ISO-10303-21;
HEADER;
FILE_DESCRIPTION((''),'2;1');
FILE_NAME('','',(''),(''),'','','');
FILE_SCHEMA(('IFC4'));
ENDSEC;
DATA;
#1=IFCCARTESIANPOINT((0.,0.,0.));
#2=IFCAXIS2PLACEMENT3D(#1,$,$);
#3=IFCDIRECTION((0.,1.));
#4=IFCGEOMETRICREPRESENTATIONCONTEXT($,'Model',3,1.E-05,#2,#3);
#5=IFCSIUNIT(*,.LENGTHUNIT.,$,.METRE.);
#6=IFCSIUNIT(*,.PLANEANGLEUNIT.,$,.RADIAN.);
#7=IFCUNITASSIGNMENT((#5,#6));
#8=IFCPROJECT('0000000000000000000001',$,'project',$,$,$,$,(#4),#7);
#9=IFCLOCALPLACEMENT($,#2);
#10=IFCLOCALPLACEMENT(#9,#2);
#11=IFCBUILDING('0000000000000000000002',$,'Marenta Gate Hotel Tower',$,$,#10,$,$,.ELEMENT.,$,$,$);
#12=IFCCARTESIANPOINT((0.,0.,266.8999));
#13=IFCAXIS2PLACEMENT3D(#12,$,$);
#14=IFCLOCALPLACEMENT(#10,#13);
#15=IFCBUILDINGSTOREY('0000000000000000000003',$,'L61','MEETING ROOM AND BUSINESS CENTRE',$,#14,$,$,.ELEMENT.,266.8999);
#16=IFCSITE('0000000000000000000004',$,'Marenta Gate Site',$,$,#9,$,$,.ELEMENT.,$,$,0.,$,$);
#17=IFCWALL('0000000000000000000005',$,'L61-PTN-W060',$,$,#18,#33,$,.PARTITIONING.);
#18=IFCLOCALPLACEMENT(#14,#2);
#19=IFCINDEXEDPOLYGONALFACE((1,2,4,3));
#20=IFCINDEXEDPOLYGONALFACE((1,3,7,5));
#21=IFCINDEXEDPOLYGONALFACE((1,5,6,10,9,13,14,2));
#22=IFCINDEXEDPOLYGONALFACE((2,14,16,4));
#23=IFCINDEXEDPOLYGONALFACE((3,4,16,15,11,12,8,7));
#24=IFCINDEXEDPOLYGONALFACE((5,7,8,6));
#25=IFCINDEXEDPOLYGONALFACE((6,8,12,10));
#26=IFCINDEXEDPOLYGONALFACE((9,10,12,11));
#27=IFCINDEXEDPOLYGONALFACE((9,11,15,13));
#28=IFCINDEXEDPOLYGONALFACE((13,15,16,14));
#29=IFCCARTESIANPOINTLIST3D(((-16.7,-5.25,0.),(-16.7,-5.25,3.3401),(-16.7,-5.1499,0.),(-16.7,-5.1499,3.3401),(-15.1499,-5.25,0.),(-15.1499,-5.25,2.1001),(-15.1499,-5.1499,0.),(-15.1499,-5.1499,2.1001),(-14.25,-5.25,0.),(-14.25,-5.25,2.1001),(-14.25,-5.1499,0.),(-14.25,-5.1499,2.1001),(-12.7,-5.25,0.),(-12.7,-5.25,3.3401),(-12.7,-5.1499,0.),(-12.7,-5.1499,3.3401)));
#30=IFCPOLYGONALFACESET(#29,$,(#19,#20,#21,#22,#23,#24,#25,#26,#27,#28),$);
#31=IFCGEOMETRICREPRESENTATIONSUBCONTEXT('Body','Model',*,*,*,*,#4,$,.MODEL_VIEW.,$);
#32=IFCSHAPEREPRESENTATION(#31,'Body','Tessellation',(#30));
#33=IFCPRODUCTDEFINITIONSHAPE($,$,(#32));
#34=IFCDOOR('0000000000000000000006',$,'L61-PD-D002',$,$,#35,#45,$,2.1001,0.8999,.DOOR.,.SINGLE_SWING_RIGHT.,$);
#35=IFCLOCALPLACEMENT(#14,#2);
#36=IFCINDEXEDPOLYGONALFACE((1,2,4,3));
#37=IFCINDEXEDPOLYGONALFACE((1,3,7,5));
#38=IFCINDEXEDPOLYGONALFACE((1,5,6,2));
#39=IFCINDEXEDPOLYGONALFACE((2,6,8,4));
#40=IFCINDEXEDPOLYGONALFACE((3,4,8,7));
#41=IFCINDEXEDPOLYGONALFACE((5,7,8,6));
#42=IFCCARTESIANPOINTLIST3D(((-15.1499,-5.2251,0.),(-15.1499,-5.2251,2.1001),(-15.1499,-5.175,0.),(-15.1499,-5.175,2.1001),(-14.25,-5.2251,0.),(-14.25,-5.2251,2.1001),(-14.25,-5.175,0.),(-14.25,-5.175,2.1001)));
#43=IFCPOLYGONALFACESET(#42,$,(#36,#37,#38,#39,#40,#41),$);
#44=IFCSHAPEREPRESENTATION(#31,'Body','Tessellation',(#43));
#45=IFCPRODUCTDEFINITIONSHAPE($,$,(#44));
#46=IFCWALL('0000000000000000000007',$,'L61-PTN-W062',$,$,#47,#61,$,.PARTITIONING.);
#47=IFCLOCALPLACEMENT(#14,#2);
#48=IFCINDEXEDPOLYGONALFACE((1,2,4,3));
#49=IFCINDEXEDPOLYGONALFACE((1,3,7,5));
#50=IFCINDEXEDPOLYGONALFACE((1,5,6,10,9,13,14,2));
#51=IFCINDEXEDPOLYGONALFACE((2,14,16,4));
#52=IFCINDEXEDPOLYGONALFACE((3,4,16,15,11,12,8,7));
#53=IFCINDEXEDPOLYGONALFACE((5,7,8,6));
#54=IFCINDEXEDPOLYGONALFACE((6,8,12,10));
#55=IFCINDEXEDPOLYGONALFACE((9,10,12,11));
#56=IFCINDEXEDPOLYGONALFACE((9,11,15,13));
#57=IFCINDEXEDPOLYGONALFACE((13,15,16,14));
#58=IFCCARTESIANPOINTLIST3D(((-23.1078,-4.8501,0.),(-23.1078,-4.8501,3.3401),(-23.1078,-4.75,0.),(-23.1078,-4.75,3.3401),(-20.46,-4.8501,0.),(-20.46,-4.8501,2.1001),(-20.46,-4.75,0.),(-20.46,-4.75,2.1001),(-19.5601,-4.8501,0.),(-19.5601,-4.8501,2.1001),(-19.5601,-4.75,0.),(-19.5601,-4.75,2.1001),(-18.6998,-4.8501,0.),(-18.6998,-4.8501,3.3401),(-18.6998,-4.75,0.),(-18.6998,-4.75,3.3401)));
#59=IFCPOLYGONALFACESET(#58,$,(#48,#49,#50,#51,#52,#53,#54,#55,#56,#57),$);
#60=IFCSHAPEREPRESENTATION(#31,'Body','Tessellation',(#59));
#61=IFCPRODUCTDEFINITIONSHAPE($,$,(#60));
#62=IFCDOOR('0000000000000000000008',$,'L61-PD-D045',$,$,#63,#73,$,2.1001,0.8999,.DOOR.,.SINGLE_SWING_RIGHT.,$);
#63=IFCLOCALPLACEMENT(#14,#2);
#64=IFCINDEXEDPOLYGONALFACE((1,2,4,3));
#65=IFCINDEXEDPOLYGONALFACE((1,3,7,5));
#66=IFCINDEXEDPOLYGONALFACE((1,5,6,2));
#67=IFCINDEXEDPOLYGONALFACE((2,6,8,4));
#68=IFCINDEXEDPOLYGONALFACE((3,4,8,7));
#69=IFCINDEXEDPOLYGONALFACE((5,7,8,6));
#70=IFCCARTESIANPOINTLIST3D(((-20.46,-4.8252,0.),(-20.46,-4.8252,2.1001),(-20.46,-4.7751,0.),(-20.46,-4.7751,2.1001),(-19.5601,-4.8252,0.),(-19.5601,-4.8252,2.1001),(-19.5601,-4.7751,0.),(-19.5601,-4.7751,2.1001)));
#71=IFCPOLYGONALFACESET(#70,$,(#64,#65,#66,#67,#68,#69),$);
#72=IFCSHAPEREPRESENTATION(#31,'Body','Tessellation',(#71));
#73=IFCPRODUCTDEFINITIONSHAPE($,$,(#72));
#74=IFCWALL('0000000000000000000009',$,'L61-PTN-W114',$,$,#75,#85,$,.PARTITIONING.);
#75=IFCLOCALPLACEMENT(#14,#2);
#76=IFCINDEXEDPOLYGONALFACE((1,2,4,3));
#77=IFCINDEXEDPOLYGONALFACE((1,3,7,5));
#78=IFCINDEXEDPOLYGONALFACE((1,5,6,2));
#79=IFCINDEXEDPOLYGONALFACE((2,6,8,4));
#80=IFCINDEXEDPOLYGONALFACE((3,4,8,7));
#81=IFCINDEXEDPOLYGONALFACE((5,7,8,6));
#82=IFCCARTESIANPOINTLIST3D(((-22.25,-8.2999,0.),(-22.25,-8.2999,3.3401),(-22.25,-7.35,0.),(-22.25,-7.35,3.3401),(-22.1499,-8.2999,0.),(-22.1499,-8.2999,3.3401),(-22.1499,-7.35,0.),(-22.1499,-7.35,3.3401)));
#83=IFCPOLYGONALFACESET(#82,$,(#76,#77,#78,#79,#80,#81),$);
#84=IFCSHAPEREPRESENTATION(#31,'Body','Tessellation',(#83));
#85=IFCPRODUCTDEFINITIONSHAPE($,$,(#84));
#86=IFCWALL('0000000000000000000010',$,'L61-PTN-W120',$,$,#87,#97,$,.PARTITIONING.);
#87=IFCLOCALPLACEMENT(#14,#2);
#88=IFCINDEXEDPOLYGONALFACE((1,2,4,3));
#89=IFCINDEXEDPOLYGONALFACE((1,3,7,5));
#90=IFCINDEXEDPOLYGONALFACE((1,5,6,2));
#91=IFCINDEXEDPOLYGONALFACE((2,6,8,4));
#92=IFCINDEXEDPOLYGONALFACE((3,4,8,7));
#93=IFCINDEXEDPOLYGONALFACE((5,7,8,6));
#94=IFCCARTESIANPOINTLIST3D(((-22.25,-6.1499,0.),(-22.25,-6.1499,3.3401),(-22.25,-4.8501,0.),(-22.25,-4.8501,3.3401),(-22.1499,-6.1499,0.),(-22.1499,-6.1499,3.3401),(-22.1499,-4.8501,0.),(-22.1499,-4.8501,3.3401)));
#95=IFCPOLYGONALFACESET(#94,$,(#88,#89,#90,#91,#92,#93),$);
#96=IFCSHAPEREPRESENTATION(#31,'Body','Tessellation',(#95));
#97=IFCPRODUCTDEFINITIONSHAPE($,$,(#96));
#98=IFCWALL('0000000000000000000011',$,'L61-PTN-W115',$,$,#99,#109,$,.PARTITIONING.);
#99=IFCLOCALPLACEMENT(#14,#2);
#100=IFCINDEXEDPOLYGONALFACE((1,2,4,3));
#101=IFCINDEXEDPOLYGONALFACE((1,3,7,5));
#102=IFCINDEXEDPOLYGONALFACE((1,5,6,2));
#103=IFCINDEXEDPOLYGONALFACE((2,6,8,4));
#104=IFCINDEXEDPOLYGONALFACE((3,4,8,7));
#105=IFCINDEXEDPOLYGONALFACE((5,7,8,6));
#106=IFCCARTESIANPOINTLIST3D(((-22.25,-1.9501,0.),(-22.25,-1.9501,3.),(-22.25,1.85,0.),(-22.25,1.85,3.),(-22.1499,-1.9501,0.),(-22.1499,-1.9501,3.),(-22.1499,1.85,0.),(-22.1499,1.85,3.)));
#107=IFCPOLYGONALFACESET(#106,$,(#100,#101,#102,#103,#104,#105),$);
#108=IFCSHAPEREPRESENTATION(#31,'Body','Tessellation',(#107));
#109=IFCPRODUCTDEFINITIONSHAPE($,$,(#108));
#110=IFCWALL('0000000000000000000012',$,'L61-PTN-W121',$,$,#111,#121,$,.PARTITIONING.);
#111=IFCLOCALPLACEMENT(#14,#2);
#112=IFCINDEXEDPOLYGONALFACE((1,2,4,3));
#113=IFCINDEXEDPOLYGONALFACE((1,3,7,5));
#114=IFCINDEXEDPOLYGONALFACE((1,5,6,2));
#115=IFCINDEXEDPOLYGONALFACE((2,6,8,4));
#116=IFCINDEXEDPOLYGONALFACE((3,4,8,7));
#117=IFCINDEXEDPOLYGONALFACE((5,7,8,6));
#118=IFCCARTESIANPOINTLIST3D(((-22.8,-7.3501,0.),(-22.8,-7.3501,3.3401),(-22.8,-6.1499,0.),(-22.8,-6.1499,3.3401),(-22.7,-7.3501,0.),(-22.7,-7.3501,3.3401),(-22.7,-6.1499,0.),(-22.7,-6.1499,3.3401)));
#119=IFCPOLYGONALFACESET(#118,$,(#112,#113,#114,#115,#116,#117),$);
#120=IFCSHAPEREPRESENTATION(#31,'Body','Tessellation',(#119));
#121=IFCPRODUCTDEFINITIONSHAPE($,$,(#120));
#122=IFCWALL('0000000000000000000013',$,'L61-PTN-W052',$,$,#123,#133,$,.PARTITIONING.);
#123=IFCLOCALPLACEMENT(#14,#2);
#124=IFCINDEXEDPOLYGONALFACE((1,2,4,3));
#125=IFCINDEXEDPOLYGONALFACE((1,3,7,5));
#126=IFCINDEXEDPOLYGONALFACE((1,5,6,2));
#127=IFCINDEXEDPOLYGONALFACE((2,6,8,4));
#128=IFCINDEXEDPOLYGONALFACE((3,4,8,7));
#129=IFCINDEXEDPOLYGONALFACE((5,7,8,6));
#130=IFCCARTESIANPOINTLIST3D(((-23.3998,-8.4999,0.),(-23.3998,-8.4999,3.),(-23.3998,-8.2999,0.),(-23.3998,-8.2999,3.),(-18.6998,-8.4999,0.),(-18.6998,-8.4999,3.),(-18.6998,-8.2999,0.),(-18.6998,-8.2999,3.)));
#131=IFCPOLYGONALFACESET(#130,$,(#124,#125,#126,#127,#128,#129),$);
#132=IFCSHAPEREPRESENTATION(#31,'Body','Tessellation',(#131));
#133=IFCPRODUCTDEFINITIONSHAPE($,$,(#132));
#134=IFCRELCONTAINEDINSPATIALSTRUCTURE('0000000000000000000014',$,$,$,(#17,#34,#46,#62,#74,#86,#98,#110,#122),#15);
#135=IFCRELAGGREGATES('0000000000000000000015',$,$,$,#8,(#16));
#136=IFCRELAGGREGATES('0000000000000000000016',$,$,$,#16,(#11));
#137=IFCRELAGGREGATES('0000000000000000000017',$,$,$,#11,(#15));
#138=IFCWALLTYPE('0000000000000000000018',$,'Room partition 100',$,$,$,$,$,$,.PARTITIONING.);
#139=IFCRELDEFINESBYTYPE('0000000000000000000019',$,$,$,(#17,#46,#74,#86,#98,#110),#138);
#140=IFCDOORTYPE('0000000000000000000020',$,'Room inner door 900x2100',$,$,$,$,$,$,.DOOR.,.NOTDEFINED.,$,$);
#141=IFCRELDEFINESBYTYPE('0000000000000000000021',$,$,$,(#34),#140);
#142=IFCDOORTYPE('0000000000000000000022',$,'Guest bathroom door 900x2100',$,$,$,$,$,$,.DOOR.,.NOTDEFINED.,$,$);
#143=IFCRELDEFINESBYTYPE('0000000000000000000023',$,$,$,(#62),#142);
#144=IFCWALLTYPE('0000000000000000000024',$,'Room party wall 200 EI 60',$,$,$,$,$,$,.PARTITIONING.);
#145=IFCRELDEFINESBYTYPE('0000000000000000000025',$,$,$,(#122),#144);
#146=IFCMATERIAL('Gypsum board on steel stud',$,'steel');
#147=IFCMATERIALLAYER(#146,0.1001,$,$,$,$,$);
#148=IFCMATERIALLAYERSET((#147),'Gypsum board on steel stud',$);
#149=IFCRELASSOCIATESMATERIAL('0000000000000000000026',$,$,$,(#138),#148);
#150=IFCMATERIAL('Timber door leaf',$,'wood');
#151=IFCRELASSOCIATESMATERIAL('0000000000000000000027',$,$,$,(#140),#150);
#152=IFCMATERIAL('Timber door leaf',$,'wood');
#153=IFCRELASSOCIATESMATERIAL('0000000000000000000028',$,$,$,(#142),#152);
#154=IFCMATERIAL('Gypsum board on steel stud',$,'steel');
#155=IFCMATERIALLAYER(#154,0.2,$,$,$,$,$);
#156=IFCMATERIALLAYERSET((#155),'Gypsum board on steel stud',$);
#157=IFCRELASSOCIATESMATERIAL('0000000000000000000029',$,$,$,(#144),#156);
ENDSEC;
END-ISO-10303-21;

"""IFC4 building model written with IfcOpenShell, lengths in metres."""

from ifc_helpers import new_model, si_unit, direction, frame, frame_2d, origin, place, context, subcontext, project, spatial, rectangle, extrude, material, layer, layer_set, type_object, element, fill, save


model = new_model("IFC4")

# Units and contexts
model_context = context("Model", 3, precision=1e-05, world=origin(), true_north=direction((0.0, 1.0)))
body_context = subcontext(model_context, "Body", "Model", "MODEL_VIEW")
ifc_project = project(units=[si_unit("LENGTHUNIT", "METRE"), si_unit("PLANEANGLEUNIT", "RADIAN")], contexts=[model_context])

# Site, building, storey
site_placement = place(None, origin())
site = spatial("IfcSite", under=ifc_project, at=site_placement, Name="Marenta Gate Site", CompositionType="ELEMENT", RefElevation=0.0)
building_placement = place(site_placement, origin())
building = spatial("IfcBuilding", under=site, at=building_placement, Name="Marenta Gate Hotel Tower", CompositionType="ELEMENT")
storey_placement = place(building_placement, frame((0.0, 0.0, 266.8999)))
storey = spatial("IfcBuildingStorey", under=building, at=storey_placement, Name="L61", Description="MEETING ROOM AND BUSINESS CENTRE", CompositionType="ELEMENT", Elevation=266.8999)

# Walls, openings, doors
ifc_material_1 = material(Name="Gypsum board on steel stud", Category="steel")
ifc_layer_1 = layer(ifc_material_1, 0.1001)
ifc_layer_set_1 = layer_set([ifc_layer_1], Name="Gypsum board on steel stud")
wall_type_1 = type_object("IfcWallType", Name="Room partition 100", PredefinedType="PARTITIONING", material=ifc_layer_set_1)
wall_1_placement = place(storey_placement, frame((-16.7, -5.2, 0.0), z_axis=(0.0, 0.0, 1.0), x_axis=(1.0, 0.0, 0.0)))
wall_1 = element("IfcWall", 1, at=wall_1_placement, inside=storey, type_object=wall_type_1, Name="L61-PTN-W060", PredefinedType="PARTITIONING", context=body_context, shape_type="SweptSolid", body=[
    extrude(rectangle(XDim=4.0, YDim=0.1001, at=frame_2d((2.0, 0.0))), origin(), (0.0, 0.0, 1.0), 3.3401),
])
opening_1_placement = place(wall_1_placement, frame((1.55, 0.0, 0.0)))
opening_1 = element("IfcOpeningElement", 2, at=opening_1_placement, cuts=wall_1, PredefinedType="OPENING", context=body_context, shape_type="SweptSolid", body=[
    extrude(rectangle(XDim=0.8999, YDim=2.1001, at=frame_2d((0.45, 1.05))), frame((0.0, 0.05, 0.0), z_axis=(0.0, -1.0, 0.0), x_axis=(1.0, 0.0, 0.0)), (0.0, 0.0, 1.0), 0.1001),
])
ifc_material_2 = material(Name="Timber door leaf", Category="wood")
door_type_1 = type_object("IfcDoorType", Name="Room inner door 900x2100", OperationType="NOTDEFINED", PredefinedType="DOOR", material=ifc_material_2)
door_1_placement = place(opening_1_placement, origin())
door_1 = element("IfcDoor", 3, at=door_1_placement, inside=storey, type_object=door_type_1, Name="L61-PD-D002", OperationType="SINGLE_SWING_RIGHT", OverallHeight=2.1001, OverallWidth=0.8999, PredefinedType="DOOR", context=body_context, shape_type="SweptSolid", body=[
    extrude(rectangle(XDim=0.8999, YDim=2.1001, at=frame_2d((0.45, 1.05))), frame((0.0, 0.0249, 0.0), z_axis=(0.0, -1.0, 0.0), x_axis=(1.0, 0.0, 0.0)), (0.0, 0.0, 1.0), 0.05),
])
fill(opening_1, door_1)
wall_2_placement = place(storey_placement, frame((-23.1079, -4.8, 0.0), z_axis=(0.0, 0.0, 1.0), x_axis=(1.0, 0.0, 0.0)))
wall_2 = element("IfcWall", 4, at=wall_2_placement, inside=storey, type_object=wall_type_1, Name="L61-PTN-W062", PredefinedType="PARTITIONING", context=body_context, shape_type="SweptSolid", body=[
    extrude(rectangle(XDim=4.408, YDim=0.1001, at=frame_2d((2.2041, 0.0))), origin(), (0.0, 0.0, 1.0), 3.3401),
])
opening_2_placement = place(wall_2_placement, frame((2.6479, 0.0, 0.0)))
opening_2 = element("IfcOpeningElement", 5, at=opening_2_placement, cuts=wall_2, PredefinedType="OPENING", context=body_context, shape_type="SweptSolid", body=[
    extrude(rectangle(XDim=0.8999, YDim=2.1001, at=frame_2d((0.45, 1.05))), frame((0.0, 0.05, 0.0), z_axis=(0.0, -1.0, 0.0), x_axis=(1.0, 0.0, 0.0)), (0.0, 0.0, 1.0), 0.1001),
])
ifc_material_3 = material(Name="Timber door leaf", Category="wood")
door_type_2 = type_object("IfcDoorType", Name="Guest bathroom door 900x2100", OperationType="NOTDEFINED", PredefinedType="DOOR", material=ifc_material_3)
door_2_placement = place(opening_2_placement, origin())
door_2 = element("IfcDoor", 6, at=door_2_placement, inside=storey, type_object=door_type_2, Name="L61-PD-D045", OperationType="SINGLE_SWING_RIGHT", OverallHeight=2.1001, OverallWidth=0.8999, PredefinedType="DOOR", context=body_context, shape_type="SweptSolid", body=[
    extrude(rectangle(XDim=0.8999, YDim=2.1001, at=frame_2d((0.45, 1.05))), frame((0.0, 0.0249, 0.0), z_axis=(0.0, -1.0, 0.0), x_axis=(1.0, 0.0, 0.0)), (0.0, 0.0, 1.0), 0.05),
])
fill(opening_2, door_2)

# Walls
wall_3_placement = place(storey_placement, frame((-22.2, -8.3, 0.0), z_axis=(0.0, 0.0, 1.0), x_axis=(0.0, 1.0, 0.0)))
element("IfcWall", 7, at=wall_3_placement, inside=storey, type_object=wall_type_1, Name="L61-PTN-W114", PredefinedType="PARTITIONING", context=body_context, shape_type="SweptSolid", body=[
    extrude(rectangle(XDim=0.95, YDim=0.1001, at=frame_2d((0.4751, 0.0))), origin(), (0.0, 0.0, 1.0), 3.3401),
])
wall_4_placement = place(storey_placement, frame((-22.2, -6.1499, 0.0), z_axis=(0.0, 0.0, 1.0), x_axis=(0.0, 1.0, 0.0)))
element("IfcWall", 8, at=wall_4_placement, inside=storey, type_object=wall_type_1, Name="L61-PTN-W120", PredefinedType="PARTITIONING", context=body_context, shape_type="SweptSolid", body=[
    extrude(rectangle(XDim=1.2998, YDim=0.1001, at=frame_2d((0.6499, 0.0))), origin(), (0.0, 0.0, 1.0), 3.3401),
])
wall_5_placement = place(storey_placement, frame((-22.2, -1.95, 0.0), z_axis=(0.0, 0.0, 1.0), x_axis=(0.0, 1.0, 0.0)))
element("IfcWall", 9, at=wall_5_placement, inside=storey, type_object=wall_type_1, Name="L61-PTN-W115", PredefinedType="PARTITIONING", context=body_context, shape_type="SweptSolid", body=[
    extrude(rectangle(XDim=3.8, YDim=0.1001, at=frame_2d((1.8999, 0.0))), origin(), (0.0, 0.0, 1.0), 3.0),
])
wall_6_placement = place(storey_placement, frame((-22.75, -7.3501, 0.0), z_axis=(0.0, 0.0, 1.0), x_axis=(0.0, 1.0, 0.0)))
element("IfcWall", 10, at=wall_6_placement, inside=storey, type_object=wall_type_1, Name="L61-PTN-W121", PredefinedType="PARTITIONING", context=body_context, shape_type="SweptSolid", body=[
    extrude(rectangle(XDim=1.2002, YDim=0.1001, at=frame_2d((0.6001, 0.0))), origin(), (0.0, 0.0, 1.0), 3.3401),
])
ifc_material_4 = material(Name="Gypsum board on steel stud", Category="steel")
ifc_layer_2 = layer(ifc_material_4, 0.2)
ifc_layer_set_2 = layer_set([ifc_layer_2], Name="Gypsum board on steel stud")
wall_type_2 = type_object("IfcWallType", Name="Room party wall 200 EI 60", PredefinedType="PARTITIONING", material=ifc_layer_set_2)
wall_7_placement = place(storey_placement, frame((-23.3999, -8.3999, 0.0), z_axis=(0.0, 0.0, 1.0), x_axis=(1.0, 0.0, 0.0)))
element("IfcWall", 11, at=wall_7_placement, inside=storey, type_object=wall_type_2, Name="L61-PTN-W052", PredefinedType="PARTITIONING", context=body_context, shape_type="SweptSolid", body=[
    extrude(rectangle(XDim=4.7, YDim=0.2, at=frame_2d((2.3501, 0.0))), origin(), (0.0, 0.0, 1.0), 3.0),
])

save(model, "model.ifc")
